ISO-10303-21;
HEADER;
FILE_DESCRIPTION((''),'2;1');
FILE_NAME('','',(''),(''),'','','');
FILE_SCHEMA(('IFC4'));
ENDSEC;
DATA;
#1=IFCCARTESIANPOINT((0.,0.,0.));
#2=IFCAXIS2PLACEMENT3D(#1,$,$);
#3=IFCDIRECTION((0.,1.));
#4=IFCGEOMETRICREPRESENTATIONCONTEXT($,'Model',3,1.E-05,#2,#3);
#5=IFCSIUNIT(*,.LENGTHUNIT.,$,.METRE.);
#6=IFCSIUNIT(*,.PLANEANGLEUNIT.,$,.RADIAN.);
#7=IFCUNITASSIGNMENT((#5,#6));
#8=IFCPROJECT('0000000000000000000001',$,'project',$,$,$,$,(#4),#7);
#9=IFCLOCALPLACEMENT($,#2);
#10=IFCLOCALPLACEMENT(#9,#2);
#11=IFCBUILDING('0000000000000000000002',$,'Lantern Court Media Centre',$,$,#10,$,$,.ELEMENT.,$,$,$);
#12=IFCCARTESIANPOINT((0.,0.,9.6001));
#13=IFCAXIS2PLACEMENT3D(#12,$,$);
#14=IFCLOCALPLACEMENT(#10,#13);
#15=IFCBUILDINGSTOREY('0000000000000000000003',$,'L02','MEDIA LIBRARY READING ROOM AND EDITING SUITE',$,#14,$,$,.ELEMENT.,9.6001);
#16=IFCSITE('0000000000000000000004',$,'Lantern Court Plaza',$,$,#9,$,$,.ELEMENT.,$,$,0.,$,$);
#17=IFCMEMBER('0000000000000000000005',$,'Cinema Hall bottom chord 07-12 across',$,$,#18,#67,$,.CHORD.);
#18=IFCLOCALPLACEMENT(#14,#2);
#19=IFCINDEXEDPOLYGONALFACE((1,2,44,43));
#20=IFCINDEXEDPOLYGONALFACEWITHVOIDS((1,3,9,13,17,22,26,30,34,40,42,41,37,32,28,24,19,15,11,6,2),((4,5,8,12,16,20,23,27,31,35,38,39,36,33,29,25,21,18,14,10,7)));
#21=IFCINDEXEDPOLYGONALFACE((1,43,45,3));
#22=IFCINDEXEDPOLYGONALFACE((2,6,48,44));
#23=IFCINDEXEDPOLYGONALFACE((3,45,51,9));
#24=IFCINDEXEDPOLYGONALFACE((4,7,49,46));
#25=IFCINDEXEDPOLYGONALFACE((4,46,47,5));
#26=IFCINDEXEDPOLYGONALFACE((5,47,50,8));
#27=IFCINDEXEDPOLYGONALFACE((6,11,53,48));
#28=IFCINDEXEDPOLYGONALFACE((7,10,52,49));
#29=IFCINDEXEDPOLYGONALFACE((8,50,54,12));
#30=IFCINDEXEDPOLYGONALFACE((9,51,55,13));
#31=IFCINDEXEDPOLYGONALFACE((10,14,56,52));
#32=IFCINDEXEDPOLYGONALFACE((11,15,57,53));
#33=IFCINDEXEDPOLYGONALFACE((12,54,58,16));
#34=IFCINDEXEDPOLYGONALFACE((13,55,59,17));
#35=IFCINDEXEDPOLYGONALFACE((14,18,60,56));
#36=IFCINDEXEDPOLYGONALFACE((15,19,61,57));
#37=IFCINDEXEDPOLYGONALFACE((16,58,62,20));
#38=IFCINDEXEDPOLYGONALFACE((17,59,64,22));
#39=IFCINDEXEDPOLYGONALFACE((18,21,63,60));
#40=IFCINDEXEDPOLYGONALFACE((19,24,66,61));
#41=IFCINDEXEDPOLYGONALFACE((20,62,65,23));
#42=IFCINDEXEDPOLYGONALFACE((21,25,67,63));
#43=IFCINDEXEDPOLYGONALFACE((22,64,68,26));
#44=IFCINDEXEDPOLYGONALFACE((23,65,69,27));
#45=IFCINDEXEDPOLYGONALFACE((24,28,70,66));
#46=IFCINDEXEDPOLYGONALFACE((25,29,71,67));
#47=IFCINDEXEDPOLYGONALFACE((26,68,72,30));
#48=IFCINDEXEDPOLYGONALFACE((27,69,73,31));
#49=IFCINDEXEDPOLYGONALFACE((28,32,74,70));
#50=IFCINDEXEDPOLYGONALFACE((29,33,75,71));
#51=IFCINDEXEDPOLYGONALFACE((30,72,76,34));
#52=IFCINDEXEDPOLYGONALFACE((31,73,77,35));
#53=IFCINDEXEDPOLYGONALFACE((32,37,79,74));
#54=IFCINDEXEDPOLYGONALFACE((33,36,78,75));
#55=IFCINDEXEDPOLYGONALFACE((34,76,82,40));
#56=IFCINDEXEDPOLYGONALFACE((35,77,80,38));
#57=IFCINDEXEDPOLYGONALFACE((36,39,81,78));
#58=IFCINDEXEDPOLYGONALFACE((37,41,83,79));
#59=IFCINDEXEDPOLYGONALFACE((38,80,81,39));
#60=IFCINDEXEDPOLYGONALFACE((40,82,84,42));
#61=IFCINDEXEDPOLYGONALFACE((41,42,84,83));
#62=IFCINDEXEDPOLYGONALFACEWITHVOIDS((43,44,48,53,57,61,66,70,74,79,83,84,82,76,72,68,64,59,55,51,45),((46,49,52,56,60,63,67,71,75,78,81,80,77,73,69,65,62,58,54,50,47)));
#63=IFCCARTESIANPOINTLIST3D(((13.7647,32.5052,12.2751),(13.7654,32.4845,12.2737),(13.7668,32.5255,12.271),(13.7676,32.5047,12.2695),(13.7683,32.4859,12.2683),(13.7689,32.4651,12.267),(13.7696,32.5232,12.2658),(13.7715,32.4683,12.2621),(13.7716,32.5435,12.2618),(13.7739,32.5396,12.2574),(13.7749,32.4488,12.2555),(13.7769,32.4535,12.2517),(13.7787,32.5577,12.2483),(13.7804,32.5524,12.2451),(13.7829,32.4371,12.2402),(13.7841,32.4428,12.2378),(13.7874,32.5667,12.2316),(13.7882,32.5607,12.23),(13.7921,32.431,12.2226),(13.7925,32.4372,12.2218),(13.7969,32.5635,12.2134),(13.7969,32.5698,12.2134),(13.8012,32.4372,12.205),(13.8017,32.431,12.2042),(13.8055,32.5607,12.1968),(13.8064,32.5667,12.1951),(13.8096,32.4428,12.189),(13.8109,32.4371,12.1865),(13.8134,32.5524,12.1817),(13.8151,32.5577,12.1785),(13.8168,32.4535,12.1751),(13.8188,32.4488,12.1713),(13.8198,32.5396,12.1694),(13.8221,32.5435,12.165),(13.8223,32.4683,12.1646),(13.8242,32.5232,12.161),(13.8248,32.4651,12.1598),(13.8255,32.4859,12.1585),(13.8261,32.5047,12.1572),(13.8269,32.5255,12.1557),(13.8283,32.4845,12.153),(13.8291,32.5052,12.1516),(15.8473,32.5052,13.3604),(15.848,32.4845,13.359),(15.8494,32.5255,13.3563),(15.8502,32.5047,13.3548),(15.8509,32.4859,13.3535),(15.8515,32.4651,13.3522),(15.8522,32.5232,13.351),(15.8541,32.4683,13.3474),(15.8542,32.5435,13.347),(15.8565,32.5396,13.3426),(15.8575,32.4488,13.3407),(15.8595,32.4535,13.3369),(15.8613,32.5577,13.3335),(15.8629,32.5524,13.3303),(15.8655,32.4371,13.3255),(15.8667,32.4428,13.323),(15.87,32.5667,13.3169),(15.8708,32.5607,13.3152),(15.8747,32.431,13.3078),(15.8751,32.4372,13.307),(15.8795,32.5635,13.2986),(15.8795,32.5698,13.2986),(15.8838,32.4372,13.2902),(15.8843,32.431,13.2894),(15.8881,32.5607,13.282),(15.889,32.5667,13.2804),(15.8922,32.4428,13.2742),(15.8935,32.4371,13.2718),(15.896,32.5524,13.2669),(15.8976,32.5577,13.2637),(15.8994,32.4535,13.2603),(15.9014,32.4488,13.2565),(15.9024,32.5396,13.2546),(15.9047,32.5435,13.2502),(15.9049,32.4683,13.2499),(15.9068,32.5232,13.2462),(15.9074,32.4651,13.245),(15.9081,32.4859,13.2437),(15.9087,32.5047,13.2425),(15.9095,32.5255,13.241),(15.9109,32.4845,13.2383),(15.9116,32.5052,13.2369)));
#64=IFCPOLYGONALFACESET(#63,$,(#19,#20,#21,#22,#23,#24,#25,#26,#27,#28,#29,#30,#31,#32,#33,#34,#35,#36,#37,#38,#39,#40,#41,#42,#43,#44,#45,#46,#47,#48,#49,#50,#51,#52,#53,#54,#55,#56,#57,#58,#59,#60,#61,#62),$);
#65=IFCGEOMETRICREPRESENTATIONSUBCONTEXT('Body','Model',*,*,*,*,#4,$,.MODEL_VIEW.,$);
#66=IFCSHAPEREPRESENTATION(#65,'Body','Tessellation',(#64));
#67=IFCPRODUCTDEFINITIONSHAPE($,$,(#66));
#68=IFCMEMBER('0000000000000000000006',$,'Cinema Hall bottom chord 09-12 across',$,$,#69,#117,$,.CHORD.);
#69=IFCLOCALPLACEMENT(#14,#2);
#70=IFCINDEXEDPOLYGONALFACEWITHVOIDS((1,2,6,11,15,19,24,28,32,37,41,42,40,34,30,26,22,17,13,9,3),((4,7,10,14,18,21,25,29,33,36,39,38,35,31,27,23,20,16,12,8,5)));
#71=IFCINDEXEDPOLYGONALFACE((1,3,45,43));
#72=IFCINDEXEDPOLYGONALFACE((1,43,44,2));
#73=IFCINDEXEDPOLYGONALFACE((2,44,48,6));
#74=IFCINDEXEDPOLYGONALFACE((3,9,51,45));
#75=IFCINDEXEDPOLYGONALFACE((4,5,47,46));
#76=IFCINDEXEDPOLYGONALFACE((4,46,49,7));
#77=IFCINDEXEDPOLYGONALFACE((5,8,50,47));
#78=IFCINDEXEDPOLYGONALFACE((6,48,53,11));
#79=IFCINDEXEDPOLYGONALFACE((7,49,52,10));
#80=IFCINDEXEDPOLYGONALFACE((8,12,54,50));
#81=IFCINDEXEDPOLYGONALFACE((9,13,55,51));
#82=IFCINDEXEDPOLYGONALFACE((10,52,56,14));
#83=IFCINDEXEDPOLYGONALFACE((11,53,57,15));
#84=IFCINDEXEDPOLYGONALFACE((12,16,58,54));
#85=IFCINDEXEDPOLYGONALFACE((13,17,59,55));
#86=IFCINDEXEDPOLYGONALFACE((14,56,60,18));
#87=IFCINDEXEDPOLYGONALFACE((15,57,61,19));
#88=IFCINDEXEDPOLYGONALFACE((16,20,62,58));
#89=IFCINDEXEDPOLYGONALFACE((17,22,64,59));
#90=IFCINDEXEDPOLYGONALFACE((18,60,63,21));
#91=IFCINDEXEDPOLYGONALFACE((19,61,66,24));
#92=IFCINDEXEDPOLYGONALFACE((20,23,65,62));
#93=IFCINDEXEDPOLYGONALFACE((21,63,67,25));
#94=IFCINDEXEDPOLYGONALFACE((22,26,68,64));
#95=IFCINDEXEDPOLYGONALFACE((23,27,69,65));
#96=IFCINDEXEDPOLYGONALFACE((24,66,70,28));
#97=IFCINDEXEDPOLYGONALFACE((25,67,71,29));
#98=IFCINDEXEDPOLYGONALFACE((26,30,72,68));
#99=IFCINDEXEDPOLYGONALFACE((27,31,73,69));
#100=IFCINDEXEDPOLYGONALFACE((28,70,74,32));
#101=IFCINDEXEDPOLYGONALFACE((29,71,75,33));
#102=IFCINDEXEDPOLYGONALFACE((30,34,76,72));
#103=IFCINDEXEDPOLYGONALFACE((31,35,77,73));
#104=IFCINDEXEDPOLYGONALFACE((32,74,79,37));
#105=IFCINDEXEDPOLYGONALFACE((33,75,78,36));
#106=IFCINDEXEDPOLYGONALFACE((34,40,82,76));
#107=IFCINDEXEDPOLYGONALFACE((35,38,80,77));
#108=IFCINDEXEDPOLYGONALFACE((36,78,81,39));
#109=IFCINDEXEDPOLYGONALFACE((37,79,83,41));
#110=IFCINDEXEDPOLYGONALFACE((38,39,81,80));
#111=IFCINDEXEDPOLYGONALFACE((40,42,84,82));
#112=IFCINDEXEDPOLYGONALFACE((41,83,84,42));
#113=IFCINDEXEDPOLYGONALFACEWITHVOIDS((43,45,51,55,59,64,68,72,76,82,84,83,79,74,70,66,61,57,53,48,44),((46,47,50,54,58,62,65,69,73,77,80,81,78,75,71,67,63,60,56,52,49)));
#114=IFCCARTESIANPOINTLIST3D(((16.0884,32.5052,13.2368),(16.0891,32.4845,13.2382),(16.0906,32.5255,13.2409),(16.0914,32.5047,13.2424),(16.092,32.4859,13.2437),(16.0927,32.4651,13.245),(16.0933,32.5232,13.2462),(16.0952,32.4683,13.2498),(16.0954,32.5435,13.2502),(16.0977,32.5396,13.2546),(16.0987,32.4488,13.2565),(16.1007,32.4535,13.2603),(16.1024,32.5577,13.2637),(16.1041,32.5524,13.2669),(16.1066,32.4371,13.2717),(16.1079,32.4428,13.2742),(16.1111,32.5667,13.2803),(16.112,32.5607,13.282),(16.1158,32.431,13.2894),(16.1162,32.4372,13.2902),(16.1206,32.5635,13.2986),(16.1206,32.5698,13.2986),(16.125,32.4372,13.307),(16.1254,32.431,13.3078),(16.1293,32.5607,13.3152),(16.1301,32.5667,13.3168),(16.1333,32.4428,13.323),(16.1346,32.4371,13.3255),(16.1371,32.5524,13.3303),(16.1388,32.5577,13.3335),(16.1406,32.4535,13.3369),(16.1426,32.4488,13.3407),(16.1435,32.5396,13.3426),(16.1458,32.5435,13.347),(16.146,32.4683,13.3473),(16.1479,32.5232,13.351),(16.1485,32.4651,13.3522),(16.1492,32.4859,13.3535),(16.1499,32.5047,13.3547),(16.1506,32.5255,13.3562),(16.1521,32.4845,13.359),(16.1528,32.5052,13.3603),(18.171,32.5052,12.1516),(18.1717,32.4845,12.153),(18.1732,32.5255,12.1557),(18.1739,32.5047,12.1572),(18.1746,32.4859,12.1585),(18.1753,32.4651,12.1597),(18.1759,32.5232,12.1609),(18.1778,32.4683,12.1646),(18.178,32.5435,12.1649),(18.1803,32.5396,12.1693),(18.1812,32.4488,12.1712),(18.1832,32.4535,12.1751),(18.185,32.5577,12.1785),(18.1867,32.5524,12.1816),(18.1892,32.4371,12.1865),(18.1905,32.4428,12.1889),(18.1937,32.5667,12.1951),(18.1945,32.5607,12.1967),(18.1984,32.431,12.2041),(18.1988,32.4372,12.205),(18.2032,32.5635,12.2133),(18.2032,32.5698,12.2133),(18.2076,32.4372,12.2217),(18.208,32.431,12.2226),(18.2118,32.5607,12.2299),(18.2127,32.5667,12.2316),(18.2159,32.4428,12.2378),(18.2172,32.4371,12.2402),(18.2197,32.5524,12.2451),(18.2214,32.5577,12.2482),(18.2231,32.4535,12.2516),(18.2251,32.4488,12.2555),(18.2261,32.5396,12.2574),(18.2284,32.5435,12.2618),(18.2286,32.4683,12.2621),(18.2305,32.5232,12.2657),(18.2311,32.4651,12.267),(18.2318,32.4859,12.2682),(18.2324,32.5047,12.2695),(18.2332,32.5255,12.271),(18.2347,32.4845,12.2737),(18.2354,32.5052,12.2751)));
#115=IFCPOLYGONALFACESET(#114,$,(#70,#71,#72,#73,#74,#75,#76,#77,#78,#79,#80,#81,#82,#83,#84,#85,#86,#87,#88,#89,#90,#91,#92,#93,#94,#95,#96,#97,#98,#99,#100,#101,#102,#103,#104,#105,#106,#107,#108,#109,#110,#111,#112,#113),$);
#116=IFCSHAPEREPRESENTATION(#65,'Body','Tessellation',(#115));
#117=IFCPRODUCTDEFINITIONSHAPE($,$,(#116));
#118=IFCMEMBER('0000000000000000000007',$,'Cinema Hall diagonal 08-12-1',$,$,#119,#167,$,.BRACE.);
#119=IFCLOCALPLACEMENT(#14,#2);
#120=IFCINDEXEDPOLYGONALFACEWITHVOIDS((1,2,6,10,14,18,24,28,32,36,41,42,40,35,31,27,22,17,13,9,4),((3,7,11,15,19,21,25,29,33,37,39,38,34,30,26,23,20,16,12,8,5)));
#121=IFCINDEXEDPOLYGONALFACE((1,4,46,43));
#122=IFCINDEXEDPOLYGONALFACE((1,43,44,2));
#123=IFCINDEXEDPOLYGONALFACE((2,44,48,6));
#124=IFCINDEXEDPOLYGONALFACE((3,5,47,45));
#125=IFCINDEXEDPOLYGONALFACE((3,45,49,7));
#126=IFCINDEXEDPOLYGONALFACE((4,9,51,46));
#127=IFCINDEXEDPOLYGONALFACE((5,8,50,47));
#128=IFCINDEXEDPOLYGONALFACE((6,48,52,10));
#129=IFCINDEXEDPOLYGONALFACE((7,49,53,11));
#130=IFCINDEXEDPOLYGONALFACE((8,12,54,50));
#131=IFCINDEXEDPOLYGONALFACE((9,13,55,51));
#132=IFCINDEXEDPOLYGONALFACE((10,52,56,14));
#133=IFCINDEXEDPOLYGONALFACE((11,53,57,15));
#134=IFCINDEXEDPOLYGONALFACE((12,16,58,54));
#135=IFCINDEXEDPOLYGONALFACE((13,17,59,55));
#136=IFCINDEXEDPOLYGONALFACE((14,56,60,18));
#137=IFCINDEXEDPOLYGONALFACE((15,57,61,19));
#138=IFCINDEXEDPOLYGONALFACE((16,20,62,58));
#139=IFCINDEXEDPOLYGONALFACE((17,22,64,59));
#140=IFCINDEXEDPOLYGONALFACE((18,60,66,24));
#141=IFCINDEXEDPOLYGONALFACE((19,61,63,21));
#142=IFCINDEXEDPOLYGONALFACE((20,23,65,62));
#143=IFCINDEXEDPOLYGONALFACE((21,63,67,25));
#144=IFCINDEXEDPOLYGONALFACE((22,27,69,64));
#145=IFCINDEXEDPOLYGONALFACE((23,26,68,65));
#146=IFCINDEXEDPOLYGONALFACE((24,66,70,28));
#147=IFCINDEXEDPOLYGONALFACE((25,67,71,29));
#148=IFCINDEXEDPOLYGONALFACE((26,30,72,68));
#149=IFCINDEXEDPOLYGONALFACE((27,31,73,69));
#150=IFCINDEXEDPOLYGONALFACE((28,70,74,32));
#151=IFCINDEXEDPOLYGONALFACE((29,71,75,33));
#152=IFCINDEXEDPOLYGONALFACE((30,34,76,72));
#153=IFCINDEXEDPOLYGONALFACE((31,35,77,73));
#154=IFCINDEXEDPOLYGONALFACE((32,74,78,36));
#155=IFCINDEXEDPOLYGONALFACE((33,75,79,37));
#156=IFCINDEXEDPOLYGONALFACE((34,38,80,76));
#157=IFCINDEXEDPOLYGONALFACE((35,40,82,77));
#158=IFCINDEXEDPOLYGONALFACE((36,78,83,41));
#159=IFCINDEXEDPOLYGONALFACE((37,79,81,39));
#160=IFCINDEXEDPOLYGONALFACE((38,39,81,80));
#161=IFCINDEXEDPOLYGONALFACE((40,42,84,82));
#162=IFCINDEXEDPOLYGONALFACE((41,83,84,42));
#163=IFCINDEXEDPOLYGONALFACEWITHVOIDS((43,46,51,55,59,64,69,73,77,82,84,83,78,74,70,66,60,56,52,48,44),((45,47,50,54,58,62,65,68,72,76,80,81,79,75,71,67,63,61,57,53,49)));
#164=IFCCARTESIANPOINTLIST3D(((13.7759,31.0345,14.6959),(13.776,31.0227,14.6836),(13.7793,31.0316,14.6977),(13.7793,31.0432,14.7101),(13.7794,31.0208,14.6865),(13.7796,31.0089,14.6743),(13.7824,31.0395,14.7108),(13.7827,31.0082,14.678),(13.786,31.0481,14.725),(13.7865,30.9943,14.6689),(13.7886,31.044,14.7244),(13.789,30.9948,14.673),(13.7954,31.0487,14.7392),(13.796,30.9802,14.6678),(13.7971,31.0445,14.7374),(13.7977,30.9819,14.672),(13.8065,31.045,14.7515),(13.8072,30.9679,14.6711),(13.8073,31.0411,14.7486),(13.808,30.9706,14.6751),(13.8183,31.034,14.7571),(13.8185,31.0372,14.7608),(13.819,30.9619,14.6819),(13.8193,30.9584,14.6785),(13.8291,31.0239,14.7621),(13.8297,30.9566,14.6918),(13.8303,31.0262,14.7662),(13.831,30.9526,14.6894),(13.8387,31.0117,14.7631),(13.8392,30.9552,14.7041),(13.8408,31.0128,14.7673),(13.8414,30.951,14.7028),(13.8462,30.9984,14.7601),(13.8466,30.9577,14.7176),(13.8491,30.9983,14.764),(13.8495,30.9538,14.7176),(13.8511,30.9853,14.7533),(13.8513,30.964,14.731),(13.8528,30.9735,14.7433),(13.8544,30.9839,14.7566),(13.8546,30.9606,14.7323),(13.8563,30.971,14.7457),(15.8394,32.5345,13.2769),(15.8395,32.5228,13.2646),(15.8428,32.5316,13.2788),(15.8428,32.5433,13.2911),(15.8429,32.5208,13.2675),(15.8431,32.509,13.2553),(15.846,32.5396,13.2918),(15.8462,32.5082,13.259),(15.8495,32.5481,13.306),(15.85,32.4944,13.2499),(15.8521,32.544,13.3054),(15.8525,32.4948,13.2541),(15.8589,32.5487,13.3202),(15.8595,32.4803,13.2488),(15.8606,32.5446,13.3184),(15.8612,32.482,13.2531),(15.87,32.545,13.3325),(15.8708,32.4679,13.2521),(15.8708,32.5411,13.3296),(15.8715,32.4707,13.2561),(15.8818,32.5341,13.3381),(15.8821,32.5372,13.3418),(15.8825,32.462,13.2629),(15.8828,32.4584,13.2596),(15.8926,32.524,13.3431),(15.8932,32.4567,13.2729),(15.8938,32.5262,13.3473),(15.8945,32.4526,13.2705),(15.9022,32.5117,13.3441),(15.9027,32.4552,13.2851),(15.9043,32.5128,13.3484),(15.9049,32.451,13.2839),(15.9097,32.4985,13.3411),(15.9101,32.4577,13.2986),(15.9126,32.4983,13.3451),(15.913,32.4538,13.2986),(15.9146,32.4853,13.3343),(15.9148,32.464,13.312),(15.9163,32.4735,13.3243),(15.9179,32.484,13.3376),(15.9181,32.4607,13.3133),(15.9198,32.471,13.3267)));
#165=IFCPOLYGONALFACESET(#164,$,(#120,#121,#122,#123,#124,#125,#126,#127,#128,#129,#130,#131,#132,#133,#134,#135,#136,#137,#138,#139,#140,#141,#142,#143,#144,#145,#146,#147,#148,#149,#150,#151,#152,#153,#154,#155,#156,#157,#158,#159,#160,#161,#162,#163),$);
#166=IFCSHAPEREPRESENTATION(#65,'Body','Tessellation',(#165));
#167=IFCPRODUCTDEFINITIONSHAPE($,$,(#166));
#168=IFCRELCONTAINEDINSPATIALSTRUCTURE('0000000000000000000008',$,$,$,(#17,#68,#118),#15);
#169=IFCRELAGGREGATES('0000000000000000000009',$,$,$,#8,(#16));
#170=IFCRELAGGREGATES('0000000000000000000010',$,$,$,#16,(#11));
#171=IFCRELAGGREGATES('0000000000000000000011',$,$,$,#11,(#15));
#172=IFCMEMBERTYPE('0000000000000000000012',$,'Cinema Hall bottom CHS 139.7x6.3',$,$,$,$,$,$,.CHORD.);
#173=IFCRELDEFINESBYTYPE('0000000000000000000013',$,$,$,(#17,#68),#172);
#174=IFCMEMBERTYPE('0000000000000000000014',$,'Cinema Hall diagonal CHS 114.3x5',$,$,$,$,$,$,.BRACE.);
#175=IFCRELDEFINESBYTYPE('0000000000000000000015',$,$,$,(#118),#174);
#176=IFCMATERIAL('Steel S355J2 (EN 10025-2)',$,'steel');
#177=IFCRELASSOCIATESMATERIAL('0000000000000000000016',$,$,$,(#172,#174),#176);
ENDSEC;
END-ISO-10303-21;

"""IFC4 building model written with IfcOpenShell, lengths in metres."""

from ifc_helpers import new_model, si_unit, direction, frame, origin, origin_2d, place, context, subcontext, project, spatial, hollow_circle, extrude, material, material_profile, profile_set, type_object, element, save


model = new_model("IFC4")

# Units and contexts
model_context = context("Model", 3, precision=1e-05, world=origin(), true_north=direction((0.0, 1.0)))
body_context = subcontext(model_context, "Body", "Model", "MODEL_VIEW")
ifc_project = project(units=[si_unit("LENGTHUNIT", "METRE"), si_unit("PLANEANGLEUNIT", "RADIAN")], contexts=[model_context])

# Site, building, storey
site_placement = place(None, origin())
site = spatial("IfcSite", under=ifc_project, at=site_placement, Name="Lantern Court Plaza", CompositionType="ELEMENT", RefElevation=0.0)
building_placement = place(site_placement, origin())
building = spatial("IfcBuilding", under=site, at=building_placement, Name="Lantern Court Media Centre", CompositionType="ELEMENT")
storey_placement = place(building_placement, frame((0.0, 0.0, 9.6001)))
storey = spatial("IfcBuildingStorey", under=building, at=storey_placement, Name="L02", Description="MEDIA LIBRARY READING ROOM AND EDITING SUITE", CompositionType="ELEMENT", Elevation=9.6001)

# Members
ifc_material = material(Name="Steel S355J2 (EN 10025-2)", Category="steel")
ifc_material_profile_1 = material_profile(ifc_material, hollow_circle(Radius=0.0698, WallThickness=0.0063, at=origin_2d()), Name="Cinema Hall bottom CHS 139.7x6.3")
ifc_profile_set_1 = profile_set([ifc_material_profile_1], Name="Steel S355J2 (EN 10025-2)")
member_type_1 = type_object("IfcMemberType", Name="Cinema Hall bottom CHS 139.7x6.3", PredefinedType="CHORD", material=ifc_profile_set_1)
for number, where, z_axis, x_axis, name in (
    (1, (13.7969, 32.5, 12.2134), (0.886816, 0.0, 0.462122), (0.0, 1.0, 0.0), "Cinema Hall bottom chord 07-12 across"),
    (2, (16.1206, 32.5, 13.2986), (0.886816, 0.0, -0.462122), (0.0, 1.0, 0.0), "Cinema Hall bottom chord 09-12 across"),
):
    element("IfcMember", number, at=place(storey_placement, frame(where, z_axis=z_axis, x_axis=x_axis)), inside=storey, type_object=member_type_1, Name=name, PredefinedType="CHORD", context=body_context, shape_type="SweptSolid", body=[
        extrude(hollow_circle(Radius=0.0698, WallThickness=0.0063, at=origin_2d()), origin(), (0.0, 0.0, 1.0), 2.3484),
    ])
ifc_material_profile_2 = material_profile(ifc_material, hollow_circle(Radius=0.0571, WallThickness=0.0049, at=origin_2d()), Name="Cinema Hall diagonal CHS 114.3x5")
ifc_profile_set_2 = profile_set([ifc_material_profile_2], Name="Steel S355J2 (EN 10025-2)")
member_type_2 = type_object("IfcMemberType", Name="Cinema Hall diagonal CHS 114.3x5", PredefinedType="BRACE", material=ifc_profile_set_2)
member_1_placement = place(storey_placement, frame((15.8794, 32.5, 13.2986), z_axis=(-0.70688, -0.513851, 0.486084), x_axis=(0.58799, -0.808868, 0.0)))
element("IfcMember", 3, at=member_1_placement, inside=storey, type_object=member_type_2, Name="Cinema Hall diagonal 08-12-1", PredefinedType="BRACE", context=body_context, shape_type="SweptSolid", body=[
    extrude(hollow_circle(Radius=0.0571, WallThickness=0.0049, at=origin_2d()), origin(), (0.0, 0.0, 1.0), 2.9192),
])

save(model, "model.ifc")
